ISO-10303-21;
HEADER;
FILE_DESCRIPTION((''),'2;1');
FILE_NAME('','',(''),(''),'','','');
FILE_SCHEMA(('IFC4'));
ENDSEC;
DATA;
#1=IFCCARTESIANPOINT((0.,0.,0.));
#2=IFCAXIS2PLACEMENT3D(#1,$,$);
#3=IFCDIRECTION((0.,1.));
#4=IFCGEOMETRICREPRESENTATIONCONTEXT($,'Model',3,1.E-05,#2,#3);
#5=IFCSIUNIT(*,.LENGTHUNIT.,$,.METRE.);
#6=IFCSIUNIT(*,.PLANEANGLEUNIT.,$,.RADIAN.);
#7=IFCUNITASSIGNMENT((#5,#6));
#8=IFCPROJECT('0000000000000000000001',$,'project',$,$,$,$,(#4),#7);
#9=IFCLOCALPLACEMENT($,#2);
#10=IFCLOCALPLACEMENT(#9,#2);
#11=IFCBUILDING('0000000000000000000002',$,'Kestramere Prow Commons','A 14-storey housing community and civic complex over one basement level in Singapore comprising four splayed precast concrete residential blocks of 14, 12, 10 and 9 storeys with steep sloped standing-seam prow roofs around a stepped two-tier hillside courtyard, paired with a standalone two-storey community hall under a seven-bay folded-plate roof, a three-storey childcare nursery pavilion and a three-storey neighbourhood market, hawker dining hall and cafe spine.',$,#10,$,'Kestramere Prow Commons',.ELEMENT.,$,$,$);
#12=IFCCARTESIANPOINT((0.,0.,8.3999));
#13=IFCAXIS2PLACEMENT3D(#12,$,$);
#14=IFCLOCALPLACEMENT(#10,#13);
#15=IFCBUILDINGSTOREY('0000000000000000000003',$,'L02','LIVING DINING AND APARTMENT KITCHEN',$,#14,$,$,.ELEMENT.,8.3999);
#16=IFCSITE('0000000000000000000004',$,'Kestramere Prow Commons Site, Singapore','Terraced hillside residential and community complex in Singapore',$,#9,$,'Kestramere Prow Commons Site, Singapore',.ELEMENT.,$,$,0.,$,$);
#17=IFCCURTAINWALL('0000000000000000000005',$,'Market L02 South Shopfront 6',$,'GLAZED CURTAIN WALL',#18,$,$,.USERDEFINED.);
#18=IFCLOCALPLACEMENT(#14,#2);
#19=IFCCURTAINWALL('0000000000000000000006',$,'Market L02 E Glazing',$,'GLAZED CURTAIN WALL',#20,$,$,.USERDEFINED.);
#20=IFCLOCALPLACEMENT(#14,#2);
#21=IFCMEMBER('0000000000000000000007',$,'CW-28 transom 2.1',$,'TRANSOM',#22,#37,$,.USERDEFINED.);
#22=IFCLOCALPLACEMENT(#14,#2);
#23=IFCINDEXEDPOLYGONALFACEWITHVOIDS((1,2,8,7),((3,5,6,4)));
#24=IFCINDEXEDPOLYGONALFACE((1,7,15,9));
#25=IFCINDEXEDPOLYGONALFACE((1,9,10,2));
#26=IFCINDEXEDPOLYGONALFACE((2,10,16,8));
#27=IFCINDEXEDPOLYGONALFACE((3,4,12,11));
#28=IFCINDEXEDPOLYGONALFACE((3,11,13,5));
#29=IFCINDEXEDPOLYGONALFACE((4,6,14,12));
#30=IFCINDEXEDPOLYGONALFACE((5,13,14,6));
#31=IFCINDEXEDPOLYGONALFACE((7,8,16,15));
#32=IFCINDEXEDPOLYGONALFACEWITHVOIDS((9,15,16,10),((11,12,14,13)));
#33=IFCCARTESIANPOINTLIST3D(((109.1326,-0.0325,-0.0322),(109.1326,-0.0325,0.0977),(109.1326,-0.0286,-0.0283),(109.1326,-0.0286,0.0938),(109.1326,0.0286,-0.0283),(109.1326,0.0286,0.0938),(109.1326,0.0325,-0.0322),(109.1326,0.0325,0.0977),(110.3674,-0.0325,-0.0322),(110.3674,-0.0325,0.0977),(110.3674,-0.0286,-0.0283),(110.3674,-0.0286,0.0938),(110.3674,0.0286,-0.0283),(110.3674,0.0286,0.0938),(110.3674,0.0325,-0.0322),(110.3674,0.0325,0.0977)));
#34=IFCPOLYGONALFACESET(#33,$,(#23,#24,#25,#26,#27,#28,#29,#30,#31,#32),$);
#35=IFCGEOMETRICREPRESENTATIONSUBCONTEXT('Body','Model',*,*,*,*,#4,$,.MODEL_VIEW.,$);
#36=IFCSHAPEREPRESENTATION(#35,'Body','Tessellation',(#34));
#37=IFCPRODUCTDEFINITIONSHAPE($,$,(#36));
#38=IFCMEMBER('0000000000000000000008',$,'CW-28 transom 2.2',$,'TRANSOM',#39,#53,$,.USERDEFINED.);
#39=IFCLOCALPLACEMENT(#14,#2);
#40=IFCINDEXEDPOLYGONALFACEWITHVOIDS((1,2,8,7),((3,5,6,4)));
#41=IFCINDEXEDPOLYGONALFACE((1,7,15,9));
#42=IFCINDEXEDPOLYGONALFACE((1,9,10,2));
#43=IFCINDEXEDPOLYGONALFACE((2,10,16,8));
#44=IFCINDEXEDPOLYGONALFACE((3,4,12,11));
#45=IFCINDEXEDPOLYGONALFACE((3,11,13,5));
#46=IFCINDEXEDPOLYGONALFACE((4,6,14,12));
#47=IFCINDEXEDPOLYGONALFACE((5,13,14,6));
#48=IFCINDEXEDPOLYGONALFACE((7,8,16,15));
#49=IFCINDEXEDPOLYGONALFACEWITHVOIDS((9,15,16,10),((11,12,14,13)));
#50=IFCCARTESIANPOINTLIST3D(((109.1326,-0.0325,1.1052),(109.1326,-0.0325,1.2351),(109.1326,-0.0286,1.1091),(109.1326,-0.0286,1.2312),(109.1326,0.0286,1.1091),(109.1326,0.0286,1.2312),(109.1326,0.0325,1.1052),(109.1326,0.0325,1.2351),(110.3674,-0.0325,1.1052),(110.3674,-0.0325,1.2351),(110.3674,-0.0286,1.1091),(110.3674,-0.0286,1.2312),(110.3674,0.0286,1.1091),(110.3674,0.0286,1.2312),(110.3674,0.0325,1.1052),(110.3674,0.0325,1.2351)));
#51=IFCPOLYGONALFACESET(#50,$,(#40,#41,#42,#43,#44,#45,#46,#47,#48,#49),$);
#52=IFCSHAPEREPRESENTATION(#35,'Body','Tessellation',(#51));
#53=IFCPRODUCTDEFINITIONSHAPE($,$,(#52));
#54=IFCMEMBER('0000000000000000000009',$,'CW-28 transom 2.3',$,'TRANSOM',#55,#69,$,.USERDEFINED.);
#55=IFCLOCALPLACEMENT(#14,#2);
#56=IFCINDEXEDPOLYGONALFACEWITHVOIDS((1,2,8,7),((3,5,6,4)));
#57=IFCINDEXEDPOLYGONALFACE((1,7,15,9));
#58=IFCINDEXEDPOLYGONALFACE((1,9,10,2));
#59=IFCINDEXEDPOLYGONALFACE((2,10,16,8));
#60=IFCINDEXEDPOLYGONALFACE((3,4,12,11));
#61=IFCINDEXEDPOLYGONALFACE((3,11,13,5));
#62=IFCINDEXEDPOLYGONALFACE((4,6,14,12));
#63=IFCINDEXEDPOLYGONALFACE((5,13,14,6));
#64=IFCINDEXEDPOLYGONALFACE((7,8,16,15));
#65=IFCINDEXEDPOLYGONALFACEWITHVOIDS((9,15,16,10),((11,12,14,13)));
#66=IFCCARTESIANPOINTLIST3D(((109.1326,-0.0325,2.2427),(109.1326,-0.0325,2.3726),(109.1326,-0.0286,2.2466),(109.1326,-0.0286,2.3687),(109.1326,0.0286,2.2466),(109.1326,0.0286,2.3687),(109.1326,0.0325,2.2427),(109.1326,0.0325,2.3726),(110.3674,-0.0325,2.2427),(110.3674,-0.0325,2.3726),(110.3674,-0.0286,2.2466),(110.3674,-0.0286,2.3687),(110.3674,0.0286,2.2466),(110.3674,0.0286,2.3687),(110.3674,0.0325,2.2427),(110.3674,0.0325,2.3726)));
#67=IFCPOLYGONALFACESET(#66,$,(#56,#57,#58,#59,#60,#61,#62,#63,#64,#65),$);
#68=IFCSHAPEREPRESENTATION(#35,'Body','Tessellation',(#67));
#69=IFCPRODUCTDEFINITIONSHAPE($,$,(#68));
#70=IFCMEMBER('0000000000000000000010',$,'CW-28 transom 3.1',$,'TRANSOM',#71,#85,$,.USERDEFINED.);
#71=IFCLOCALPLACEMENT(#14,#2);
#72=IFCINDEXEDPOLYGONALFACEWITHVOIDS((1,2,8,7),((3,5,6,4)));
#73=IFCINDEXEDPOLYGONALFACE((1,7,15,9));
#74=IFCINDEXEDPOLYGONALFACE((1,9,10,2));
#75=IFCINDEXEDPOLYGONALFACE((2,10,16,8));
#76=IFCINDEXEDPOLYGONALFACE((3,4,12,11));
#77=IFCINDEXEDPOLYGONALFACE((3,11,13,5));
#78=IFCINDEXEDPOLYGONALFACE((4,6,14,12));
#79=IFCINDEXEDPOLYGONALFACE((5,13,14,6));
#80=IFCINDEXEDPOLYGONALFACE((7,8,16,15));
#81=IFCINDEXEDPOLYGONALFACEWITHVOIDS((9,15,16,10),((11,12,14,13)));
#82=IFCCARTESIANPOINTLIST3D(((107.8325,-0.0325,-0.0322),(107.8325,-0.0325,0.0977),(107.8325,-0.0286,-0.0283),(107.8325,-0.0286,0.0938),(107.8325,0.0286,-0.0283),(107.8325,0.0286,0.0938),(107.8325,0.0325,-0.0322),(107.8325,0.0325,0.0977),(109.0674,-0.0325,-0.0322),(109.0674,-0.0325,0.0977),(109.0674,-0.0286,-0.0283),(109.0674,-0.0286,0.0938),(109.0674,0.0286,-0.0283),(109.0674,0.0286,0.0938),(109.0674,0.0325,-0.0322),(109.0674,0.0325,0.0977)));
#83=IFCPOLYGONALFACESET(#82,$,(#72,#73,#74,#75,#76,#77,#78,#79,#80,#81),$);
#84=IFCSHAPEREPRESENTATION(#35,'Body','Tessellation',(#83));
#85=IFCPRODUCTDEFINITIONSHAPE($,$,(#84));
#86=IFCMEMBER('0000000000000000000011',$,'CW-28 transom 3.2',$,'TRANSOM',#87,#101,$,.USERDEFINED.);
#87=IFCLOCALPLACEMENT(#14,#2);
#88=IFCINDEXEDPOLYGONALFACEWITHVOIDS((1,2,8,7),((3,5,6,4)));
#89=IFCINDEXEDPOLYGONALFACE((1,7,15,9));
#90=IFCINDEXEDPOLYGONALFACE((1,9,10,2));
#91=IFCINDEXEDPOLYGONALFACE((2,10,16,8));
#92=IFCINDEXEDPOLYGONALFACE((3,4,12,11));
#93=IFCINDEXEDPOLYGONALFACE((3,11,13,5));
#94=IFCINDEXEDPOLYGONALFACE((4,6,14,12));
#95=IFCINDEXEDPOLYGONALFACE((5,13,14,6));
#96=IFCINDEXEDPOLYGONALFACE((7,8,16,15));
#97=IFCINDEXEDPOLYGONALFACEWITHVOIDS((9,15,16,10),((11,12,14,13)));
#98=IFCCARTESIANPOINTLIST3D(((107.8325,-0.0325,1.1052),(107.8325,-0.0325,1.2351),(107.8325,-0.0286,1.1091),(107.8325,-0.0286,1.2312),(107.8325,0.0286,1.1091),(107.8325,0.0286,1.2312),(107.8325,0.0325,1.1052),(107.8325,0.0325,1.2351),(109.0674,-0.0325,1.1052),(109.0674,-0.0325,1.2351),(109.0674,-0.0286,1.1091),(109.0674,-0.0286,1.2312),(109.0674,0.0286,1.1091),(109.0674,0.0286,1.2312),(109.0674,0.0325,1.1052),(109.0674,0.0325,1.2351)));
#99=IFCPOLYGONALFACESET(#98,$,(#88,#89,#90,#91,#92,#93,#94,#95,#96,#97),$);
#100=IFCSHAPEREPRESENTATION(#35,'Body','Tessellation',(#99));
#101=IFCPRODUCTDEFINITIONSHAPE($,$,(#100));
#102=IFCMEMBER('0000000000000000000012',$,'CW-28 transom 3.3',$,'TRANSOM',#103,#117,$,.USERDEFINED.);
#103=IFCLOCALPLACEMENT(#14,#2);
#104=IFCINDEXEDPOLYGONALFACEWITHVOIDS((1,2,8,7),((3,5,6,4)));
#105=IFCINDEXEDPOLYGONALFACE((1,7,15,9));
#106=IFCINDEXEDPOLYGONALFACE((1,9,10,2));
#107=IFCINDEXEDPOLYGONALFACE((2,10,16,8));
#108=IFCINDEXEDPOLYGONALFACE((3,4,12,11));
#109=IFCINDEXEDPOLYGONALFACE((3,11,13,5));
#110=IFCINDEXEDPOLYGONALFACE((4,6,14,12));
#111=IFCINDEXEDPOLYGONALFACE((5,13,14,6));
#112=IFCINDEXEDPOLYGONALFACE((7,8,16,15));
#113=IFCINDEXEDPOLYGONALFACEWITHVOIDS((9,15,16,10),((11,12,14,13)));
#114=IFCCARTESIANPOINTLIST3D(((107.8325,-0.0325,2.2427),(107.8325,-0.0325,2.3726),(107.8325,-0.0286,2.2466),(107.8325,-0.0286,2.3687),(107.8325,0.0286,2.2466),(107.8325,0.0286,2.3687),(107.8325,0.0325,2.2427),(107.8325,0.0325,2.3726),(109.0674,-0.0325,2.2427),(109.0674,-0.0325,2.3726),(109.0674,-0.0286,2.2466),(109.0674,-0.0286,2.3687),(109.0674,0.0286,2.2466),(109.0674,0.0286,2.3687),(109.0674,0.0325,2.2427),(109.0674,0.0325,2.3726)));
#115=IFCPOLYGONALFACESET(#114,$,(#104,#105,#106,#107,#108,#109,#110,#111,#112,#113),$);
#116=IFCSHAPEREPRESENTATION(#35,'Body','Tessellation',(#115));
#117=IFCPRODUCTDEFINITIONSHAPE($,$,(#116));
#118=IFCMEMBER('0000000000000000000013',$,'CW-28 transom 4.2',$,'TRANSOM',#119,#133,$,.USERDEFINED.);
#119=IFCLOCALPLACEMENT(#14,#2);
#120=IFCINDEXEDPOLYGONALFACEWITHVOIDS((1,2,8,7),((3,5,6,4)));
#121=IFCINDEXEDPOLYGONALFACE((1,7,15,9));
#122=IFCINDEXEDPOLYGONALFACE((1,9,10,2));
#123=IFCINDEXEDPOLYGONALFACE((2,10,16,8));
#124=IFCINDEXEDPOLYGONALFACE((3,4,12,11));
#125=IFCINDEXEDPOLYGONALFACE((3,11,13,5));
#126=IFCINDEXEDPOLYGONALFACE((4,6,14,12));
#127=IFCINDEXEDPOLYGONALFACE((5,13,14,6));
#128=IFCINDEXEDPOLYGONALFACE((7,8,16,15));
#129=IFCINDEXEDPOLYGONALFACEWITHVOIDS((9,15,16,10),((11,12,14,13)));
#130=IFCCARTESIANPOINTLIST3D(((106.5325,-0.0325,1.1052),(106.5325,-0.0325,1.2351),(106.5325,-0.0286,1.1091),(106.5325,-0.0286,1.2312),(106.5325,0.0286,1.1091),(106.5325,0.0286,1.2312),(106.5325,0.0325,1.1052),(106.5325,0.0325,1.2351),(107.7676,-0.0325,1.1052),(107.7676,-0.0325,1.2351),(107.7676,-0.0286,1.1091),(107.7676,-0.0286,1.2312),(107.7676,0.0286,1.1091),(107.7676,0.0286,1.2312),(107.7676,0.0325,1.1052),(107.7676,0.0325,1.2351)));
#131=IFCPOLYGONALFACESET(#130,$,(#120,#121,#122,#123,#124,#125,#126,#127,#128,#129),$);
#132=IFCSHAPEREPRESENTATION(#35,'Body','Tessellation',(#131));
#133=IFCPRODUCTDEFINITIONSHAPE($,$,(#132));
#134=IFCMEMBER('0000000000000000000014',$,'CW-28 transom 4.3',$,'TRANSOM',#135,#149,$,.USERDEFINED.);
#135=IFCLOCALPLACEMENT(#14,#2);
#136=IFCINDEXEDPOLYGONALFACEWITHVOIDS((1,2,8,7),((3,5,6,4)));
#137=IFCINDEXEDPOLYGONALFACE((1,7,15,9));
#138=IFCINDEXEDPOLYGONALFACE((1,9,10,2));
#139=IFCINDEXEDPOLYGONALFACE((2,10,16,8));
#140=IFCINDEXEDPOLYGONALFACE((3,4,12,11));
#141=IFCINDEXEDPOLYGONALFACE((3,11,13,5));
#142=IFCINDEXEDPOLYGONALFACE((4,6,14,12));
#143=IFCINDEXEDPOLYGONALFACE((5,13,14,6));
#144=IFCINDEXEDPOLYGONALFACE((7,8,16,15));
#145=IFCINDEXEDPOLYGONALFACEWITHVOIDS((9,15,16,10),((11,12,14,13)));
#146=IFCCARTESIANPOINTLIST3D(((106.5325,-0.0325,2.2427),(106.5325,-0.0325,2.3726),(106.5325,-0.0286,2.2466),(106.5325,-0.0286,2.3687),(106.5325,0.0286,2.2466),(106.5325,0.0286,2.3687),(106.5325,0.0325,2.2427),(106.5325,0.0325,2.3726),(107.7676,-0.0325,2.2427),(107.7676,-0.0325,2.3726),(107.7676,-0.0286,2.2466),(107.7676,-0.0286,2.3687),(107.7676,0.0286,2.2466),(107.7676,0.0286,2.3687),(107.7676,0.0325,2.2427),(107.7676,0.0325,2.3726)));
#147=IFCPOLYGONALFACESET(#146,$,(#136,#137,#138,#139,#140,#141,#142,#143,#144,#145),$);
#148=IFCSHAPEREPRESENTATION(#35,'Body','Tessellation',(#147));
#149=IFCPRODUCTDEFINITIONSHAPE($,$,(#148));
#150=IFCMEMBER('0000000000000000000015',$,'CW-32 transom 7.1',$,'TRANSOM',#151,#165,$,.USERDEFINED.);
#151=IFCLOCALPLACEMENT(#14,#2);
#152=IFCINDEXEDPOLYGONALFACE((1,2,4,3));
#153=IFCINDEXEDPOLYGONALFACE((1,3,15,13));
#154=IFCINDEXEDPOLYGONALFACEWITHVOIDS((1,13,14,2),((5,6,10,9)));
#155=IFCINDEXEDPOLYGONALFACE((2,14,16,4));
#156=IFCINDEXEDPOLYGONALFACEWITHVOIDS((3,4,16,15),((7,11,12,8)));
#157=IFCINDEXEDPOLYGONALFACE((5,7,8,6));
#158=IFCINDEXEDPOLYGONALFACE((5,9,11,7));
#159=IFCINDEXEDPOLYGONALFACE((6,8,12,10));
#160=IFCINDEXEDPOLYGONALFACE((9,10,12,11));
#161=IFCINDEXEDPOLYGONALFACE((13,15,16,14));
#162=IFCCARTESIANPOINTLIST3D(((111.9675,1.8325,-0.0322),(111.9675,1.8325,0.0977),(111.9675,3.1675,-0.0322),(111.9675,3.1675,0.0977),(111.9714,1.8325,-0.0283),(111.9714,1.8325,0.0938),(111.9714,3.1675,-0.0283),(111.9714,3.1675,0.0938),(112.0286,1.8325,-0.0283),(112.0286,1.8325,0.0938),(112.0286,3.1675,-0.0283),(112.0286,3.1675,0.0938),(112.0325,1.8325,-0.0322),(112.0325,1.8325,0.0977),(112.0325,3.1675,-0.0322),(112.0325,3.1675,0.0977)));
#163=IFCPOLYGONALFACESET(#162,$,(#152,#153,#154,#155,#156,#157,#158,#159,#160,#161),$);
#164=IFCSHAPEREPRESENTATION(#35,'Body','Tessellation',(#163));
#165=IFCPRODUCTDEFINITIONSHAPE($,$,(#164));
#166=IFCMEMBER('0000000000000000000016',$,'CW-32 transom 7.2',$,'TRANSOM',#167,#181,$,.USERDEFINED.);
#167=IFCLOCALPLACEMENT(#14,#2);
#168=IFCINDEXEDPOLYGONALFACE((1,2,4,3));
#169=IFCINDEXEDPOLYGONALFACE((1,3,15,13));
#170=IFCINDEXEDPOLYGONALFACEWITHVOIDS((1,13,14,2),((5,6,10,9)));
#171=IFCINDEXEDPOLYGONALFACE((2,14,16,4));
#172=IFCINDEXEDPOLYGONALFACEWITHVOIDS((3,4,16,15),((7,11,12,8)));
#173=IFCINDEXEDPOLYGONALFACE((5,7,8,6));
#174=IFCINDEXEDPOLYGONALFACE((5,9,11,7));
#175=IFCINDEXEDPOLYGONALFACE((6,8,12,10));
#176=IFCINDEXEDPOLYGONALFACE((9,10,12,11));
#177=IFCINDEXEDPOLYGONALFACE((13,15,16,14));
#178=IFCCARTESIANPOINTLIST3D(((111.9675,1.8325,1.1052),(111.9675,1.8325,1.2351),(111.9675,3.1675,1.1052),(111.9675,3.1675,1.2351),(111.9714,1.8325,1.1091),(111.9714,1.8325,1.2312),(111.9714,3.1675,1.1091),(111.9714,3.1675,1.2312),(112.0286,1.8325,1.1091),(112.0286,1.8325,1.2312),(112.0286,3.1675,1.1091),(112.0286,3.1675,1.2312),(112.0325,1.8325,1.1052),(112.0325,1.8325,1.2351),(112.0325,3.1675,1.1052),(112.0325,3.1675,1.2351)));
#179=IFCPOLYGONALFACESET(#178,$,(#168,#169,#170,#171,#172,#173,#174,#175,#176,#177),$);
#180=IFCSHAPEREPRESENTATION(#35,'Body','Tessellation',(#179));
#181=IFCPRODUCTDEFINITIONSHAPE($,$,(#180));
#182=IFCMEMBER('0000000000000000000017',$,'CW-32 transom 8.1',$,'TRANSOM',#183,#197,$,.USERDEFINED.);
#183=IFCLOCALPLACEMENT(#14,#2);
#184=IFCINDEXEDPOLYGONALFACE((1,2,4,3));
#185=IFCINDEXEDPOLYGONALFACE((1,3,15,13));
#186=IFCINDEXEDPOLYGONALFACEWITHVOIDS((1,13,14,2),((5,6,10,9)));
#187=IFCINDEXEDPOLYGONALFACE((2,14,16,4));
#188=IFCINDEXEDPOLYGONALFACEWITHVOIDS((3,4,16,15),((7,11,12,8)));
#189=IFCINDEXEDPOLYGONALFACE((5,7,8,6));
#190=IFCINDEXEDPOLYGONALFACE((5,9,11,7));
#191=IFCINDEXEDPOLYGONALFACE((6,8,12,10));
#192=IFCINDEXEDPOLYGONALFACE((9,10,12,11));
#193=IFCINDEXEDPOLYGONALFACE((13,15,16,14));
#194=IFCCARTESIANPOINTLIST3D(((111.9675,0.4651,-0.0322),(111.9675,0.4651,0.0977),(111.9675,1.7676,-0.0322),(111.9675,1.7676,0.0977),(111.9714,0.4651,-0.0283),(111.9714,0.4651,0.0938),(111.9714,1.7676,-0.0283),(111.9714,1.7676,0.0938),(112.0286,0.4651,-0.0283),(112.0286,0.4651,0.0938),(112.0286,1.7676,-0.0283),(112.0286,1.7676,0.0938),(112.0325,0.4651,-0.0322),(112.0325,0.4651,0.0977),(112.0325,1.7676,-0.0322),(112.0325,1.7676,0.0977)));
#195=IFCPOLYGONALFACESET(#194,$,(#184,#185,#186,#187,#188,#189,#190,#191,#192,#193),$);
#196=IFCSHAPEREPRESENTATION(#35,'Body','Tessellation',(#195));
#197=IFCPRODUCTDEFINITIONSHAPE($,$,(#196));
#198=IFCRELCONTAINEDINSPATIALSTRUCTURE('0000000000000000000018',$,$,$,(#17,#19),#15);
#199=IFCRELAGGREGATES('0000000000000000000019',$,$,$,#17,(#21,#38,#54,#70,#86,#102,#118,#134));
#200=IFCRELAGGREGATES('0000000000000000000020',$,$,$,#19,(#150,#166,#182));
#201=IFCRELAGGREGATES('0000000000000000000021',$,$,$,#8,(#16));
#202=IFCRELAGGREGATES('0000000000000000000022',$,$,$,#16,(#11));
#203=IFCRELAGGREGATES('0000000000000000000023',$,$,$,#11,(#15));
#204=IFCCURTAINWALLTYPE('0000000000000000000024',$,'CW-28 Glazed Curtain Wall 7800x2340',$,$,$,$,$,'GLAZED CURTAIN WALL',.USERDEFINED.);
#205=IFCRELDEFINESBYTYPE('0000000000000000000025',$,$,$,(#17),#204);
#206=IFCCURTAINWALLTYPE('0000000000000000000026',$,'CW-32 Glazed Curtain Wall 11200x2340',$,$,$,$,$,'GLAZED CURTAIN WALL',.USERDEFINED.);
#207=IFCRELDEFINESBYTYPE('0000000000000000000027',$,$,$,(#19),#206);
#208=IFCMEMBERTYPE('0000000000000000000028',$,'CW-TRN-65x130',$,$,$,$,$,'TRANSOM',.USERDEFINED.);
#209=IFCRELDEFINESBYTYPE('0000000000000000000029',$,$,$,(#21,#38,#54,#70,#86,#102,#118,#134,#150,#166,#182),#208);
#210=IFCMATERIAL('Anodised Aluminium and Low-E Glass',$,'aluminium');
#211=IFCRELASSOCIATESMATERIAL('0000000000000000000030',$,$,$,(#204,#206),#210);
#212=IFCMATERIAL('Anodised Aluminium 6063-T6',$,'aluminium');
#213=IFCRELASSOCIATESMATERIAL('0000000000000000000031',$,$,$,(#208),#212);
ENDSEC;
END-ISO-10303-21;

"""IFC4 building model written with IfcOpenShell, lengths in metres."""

from ifc_helpers import new_model, si_unit, direction, frame, origin, origin_2d, place, context, subcontext, project, spatial, hollow_rectangle, extrude, material, material_profile, profile_set, type_object, element, aggregate, save


model = new_model("IFC4")

# Units and contexts
model_context = context("Model", 3, precision=1e-05, world=origin(), true_north=direction((0.0, 1.0)))
body_context = subcontext(model_context, "Body", "Model", "MODEL_VIEW")
ifc_project = project(units=[si_unit("LENGTHUNIT", "METRE"), si_unit("PLANEANGLEUNIT", "RADIAN")], contexts=[model_context])

# Site, building, storey
site_placement = place(None, origin())
site = spatial("IfcSite", under=ifc_project, at=site_placement, Name="Kestramere Prow Commons Site, Singapore", Description="Terraced hillside residential and community complex in Singapore", LongName="Kestramere Prow Commons Site, Singapore", CompositionType="ELEMENT", RefElevation=0.0)
building_placement = place(site_placement, origin())
building = spatial("IfcBuilding", under=site, at=building_placement, Name="Kestramere Prow Commons", Description="A 14-storey housing community and civic complex over one basement level in Singapore comprising four splayed precast concrete residential blocks of 14, 12, 10 and 9 storeys with steep sloped standing-seam prow roofs around a stepped two-tier hillside courtyard, paired with a standalone two-storey community hall under a seven-bay folded-plate roof, a three-storey childcare nursery pavilion and a three-storey neighbourhood market, hawker dining hall and cafe spine.", LongName="Kestramere Prow Commons", CompositionType="ELEMENT")
storey_placement = place(building_placement, frame((0.0, 0.0, 8.3999)))
storey = spatial("IfcBuildingStorey", under=building, at=storey_placement, Name="L02", Description="LIVING DINING AND APARTMENT KITCHEN", CompositionType="ELEMENT", Elevation=8.3999)

# Curtain walls
ifc_material_1 = material(Name="Anodised Aluminium and Low-E Glass", Category="aluminium")
curtain_wall_type_1 = type_object("IfcCurtainWallType", Name="CW-28 Glazed Curtain Wall 7800x2340", ElementType="GLAZED CURTAIN WALL", PredefinedType="USERDEFINED", material=ifc_material_1)
curtain_wall_1_placement = place(storey_placement, origin())
curtain_wall_1 = element("IfcCurtainWall", 1, at=curtain_wall_1_placement, inside=storey, type_object=curtain_wall_type_1, Name="Market L02 South Shopfront 6", ObjectType="GLAZED CURTAIN WALL", PredefinedType="USERDEFINED")
ifc_material_2 = material(Name="Anodised Aluminium 6063-T6", Category="aluminium")
curtain_wall_type_2 = type_object("IfcCurtainWallType", Name="CW-32 Glazed Curtain Wall 11200x2340", ElementType="GLAZED CURTAIN WALL", PredefinedType="USERDEFINED", material=ifc_material_1)
curtain_wall_2_placement = place(storey_placement, origin())
curtain_wall_2 = element("IfcCurtainWall", 2, at=curtain_wall_2_placement, inside=storey, type_object=curtain_wall_type_2, Name="Market L02 E Glazing", ObjectType="GLAZED CURTAIN WALL", PredefinedType="USERDEFINED")

# Members
ifc_material_profile_1 = material_profile(ifc_material_2, hollow_rectangle(XDim=0.0649, YDim=0.1299, WallThickness=0.0039, at=origin_2d()), Name="ALU-TRN 65x130")
ifc_profile_set_1 = profile_set([ifc_material_profile_1], Name="Anodised Aluminium 6063-T6")
member_type_1 = type_object("IfcMemberType", Name="CW-TRN-65x130", ElementType="TRANSOM", PredefinedType="USERDEFINED", material=ifc_profile_set_1)
member_1_placement = place(storey_placement, frame((110.3674, 0.0, 0.0327), z_axis=(-1.0, 0.0, 0.0), x_axis=(0.0, -1.0, 0.0)))
member_1 = element("IfcMember", 3, at=member_1_placement, type_object=member_type_1, Name="CW-28 transom 2.1", ObjectType="TRANSOM", PredefinedType="USERDEFINED", context=body_context, shape_type="SweptSolid", body=[
    extrude(hollow_rectangle(XDim=0.0649, YDim=0.1299, WallThickness=0.0039, at=origin_2d()), origin(), (0.0, 0.0, 1.0), 1.2349),
])
member_2_placement = place(storey_placement, frame((110.3674, 0.0, 1.1702), z_axis=(-1.0, 0.0, 0.0), x_axis=(0.0, -1.0, 0.0)))
member_2 = element("IfcMember", 4, at=member_2_placement, type_object=member_type_1, Name="CW-28 transom 2.2", ObjectType="TRANSOM", PredefinedType="USERDEFINED", context=body_context, shape_type="SweptSolid", body=[
    extrude(hollow_rectangle(XDim=0.0649, YDim=0.1299, WallThickness=0.0039, at=origin_2d()), origin(), (0.0, 0.0, 1.0), 1.2349),
])
member_3_placement = place(storey_placement, frame((110.3674, 0.0, 2.3076), z_axis=(-1.0, 0.0, 0.0), x_axis=(0.0, -1.0, 0.0)))
member_3 = element("IfcMember", 5, at=member_3_placement, type_object=member_type_1, Name="CW-28 transom 2.3", ObjectType="TRANSOM", PredefinedType="USERDEFINED", context=body_context, shape_type="SweptSolid", body=[
    extrude(hollow_rectangle(XDim=0.0649, YDim=0.1299, WallThickness=0.0039, at=origin_2d()), origin(), (0.0, 0.0, 1.0), 1.2349),
])
member_4_placement = place(storey_placement, frame((109.0674, 0.0, 0.0327), z_axis=(-1.0, 0.0, 0.0), x_axis=(0.0, -1.0, 0.0)))
member_4 = element("IfcMember", 6, at=member_4_placement, type_object=member_type_1, Name="CW-28 transom 3.1", ObjectType="TRANSOM", PredefinedType="USERDEFINED", context=body_context, shape_type="SweptSolid", body=[
    extrude(hollow_rectangle(XDim=0.0649, YDim=0.1299, WallThickness=0.0039, at=origin_2d()), origin(), (0.0, 0.0, 1.0), 1.2349),
])
member_5_placement = place(storey_placement, frame((109.0674, 0.0, 1.1702), z_axis=(-1.0, 0.0, 0.0), x_axis=(0.0, -1.0, 0.0)))
member_5 = element("IfcMember", 7, at=member_5_placement, type_object=member_type_1, Name="CW-28 transom 3.2", ObjectType="TRANSOM", PredefinedType="USERDEFINED", context=body_context, shape_type="SweptSolid", body=[
    extrude(hollow_rectangle(XDim=0.0649, YDim=0.1299, WallThickness=0.0039, at=origin_2d()), origin(), (0.0, 0.0, 1.0), 1.2349),
])
member_6_placement = place(storey_placement, frame((109.0674, 0.0, 2.3076), z_axis=(-1.0, 0.0, 0.0), x_axis=(0.0, -1.0, 0.0)))
member_6 = element("IfcMember", 8, at=member_6_placement, type_object=member_type_1, Name="CW-28 transom 3.3", ObjectType="TRANSOM", PredefinedType="USERDEFINED", context=body_context, shape_type="SweptSolid", body=[
    extrude(hollow_rectangle(XDim=0.0649, YDim=0.1299, WallThickness=0.0039, at=origin_2d()), origin(), (0.0, 0.0, 1.0), 1.2349),
])
member_7_placement = place(storey_placement, frame((107.7676, 0.0, 1.1702), z_axis=(-1.0, 0.0, 0.0), x_axis=(0.0, -1.0, 0.0)))
member_7 = element("IfcMember", 9, at=member_7_placement, type_object=member_type_1, Name="CW-28 transom 4.2", ObjectType="TRANSOM", PredefinedType="USERDEFINED", context=body_context, shape_type="SweptSolid", body=[
    extrude(hollow_rectangle(XDim=0.0649, YDim=0.1299, WallThickness=0.0039, at=origin_2d()), origin(), (0.0, 0.0, 1.0), 1.2351),
])
member_8_placement = place(storey_placement, frame((107.7676, 0.0, 2.3076), z_axis=(-1.0, 0.0, 0.0), x_axis=(0.0, -1.0, 0.0)))
member_8 = element("IfcMember", 10, at=member_8_placement, type_object=member_type_1, Name="CW-28 transom 4.3", ObjectType="TRANSOM", PredefinedType="USERDEFINED", context=body_context, shape_type="SweptSolid", body=[
    extrude(hollow_rectangle(XDim=0.0649, YDim=0.1299, WallThickness=0.0039, at=origin_2d()), origin(), (0.0, 0.0, 1.0), 1.2351),
])
member_9_placement = place(storey_placement, frame((112.0, 3.1675, 0.0327), z_axis=(0.0, -1.0, 0.0), x_axis=(1.0, 0.0, 0.0)))
member_9 = element("IfcMember", 11, at=member_9_placement, type_object=member_type_1, Name="CW-32 transom 7.1", ObjectType="TRANSOM", PredefinedType="USERDEFINED", context=body_context, shape_type="SweptSolid", body=[
    extrude(hollow_rectangle(XDim=0.0649, YDim=0.1299, WallThickness=0.0039, at=origin_2d()), origin(), (0.0, 0.0, 1.0), 1.335),
])
member_10_placement = place(storey_placement, frame((112.0, 3.1675, 1.1702), z_axis=(0.0, -1.0, 0.0), x_axis=(1.0, 0.0, 0.0)))
member_10 = element("IfcMember", 12, at=member_10_placement, type_object=member_type_1, Name="CW-32 transom 7.2", ObjectType="TRANSOM", PredefinedType="USERDEFINED", context=body_context, shape_type="SweptSolid", body=[
    extrude(hollow_rectangle(XDim=0.0649, YDim=0.1299, WallThickness=0.0039, at=origin_2d()), origin(), (0.0, 0.0, 1.0), 1.335),
])
member_11_placement = place(storey_placement, frame((112.0, 1.7676, 0.0327), z_axis=(0.0, -1.0, 0.0), x_axis=(1.0, 0.0, 0.0)))
member_11 = element("IfcMember", 13, at=member_11_placement, type_object=member_type_1, Name="CW-32 transom 8.1", ObjectType="TRANSOM", PredefinedType="USERDEFINED", context=body_context, shape_type="SweptSolid", body=[
    extrude(hollow_rectangle(XDim=0.0649, YDim=0.1299, WallThickness=0.0039, at=origin_2d()), origin(), (0.0, 0.0, 1.0), 1.3025),
])

aggregate(curtain_wall_1, [member_1, member_2, member_3, member_4, member_5, member_6, member_7, member_8])
aggregate(curtain_wall_2, [member_9, member_10, member_11])

save(model, "model.ifc")
